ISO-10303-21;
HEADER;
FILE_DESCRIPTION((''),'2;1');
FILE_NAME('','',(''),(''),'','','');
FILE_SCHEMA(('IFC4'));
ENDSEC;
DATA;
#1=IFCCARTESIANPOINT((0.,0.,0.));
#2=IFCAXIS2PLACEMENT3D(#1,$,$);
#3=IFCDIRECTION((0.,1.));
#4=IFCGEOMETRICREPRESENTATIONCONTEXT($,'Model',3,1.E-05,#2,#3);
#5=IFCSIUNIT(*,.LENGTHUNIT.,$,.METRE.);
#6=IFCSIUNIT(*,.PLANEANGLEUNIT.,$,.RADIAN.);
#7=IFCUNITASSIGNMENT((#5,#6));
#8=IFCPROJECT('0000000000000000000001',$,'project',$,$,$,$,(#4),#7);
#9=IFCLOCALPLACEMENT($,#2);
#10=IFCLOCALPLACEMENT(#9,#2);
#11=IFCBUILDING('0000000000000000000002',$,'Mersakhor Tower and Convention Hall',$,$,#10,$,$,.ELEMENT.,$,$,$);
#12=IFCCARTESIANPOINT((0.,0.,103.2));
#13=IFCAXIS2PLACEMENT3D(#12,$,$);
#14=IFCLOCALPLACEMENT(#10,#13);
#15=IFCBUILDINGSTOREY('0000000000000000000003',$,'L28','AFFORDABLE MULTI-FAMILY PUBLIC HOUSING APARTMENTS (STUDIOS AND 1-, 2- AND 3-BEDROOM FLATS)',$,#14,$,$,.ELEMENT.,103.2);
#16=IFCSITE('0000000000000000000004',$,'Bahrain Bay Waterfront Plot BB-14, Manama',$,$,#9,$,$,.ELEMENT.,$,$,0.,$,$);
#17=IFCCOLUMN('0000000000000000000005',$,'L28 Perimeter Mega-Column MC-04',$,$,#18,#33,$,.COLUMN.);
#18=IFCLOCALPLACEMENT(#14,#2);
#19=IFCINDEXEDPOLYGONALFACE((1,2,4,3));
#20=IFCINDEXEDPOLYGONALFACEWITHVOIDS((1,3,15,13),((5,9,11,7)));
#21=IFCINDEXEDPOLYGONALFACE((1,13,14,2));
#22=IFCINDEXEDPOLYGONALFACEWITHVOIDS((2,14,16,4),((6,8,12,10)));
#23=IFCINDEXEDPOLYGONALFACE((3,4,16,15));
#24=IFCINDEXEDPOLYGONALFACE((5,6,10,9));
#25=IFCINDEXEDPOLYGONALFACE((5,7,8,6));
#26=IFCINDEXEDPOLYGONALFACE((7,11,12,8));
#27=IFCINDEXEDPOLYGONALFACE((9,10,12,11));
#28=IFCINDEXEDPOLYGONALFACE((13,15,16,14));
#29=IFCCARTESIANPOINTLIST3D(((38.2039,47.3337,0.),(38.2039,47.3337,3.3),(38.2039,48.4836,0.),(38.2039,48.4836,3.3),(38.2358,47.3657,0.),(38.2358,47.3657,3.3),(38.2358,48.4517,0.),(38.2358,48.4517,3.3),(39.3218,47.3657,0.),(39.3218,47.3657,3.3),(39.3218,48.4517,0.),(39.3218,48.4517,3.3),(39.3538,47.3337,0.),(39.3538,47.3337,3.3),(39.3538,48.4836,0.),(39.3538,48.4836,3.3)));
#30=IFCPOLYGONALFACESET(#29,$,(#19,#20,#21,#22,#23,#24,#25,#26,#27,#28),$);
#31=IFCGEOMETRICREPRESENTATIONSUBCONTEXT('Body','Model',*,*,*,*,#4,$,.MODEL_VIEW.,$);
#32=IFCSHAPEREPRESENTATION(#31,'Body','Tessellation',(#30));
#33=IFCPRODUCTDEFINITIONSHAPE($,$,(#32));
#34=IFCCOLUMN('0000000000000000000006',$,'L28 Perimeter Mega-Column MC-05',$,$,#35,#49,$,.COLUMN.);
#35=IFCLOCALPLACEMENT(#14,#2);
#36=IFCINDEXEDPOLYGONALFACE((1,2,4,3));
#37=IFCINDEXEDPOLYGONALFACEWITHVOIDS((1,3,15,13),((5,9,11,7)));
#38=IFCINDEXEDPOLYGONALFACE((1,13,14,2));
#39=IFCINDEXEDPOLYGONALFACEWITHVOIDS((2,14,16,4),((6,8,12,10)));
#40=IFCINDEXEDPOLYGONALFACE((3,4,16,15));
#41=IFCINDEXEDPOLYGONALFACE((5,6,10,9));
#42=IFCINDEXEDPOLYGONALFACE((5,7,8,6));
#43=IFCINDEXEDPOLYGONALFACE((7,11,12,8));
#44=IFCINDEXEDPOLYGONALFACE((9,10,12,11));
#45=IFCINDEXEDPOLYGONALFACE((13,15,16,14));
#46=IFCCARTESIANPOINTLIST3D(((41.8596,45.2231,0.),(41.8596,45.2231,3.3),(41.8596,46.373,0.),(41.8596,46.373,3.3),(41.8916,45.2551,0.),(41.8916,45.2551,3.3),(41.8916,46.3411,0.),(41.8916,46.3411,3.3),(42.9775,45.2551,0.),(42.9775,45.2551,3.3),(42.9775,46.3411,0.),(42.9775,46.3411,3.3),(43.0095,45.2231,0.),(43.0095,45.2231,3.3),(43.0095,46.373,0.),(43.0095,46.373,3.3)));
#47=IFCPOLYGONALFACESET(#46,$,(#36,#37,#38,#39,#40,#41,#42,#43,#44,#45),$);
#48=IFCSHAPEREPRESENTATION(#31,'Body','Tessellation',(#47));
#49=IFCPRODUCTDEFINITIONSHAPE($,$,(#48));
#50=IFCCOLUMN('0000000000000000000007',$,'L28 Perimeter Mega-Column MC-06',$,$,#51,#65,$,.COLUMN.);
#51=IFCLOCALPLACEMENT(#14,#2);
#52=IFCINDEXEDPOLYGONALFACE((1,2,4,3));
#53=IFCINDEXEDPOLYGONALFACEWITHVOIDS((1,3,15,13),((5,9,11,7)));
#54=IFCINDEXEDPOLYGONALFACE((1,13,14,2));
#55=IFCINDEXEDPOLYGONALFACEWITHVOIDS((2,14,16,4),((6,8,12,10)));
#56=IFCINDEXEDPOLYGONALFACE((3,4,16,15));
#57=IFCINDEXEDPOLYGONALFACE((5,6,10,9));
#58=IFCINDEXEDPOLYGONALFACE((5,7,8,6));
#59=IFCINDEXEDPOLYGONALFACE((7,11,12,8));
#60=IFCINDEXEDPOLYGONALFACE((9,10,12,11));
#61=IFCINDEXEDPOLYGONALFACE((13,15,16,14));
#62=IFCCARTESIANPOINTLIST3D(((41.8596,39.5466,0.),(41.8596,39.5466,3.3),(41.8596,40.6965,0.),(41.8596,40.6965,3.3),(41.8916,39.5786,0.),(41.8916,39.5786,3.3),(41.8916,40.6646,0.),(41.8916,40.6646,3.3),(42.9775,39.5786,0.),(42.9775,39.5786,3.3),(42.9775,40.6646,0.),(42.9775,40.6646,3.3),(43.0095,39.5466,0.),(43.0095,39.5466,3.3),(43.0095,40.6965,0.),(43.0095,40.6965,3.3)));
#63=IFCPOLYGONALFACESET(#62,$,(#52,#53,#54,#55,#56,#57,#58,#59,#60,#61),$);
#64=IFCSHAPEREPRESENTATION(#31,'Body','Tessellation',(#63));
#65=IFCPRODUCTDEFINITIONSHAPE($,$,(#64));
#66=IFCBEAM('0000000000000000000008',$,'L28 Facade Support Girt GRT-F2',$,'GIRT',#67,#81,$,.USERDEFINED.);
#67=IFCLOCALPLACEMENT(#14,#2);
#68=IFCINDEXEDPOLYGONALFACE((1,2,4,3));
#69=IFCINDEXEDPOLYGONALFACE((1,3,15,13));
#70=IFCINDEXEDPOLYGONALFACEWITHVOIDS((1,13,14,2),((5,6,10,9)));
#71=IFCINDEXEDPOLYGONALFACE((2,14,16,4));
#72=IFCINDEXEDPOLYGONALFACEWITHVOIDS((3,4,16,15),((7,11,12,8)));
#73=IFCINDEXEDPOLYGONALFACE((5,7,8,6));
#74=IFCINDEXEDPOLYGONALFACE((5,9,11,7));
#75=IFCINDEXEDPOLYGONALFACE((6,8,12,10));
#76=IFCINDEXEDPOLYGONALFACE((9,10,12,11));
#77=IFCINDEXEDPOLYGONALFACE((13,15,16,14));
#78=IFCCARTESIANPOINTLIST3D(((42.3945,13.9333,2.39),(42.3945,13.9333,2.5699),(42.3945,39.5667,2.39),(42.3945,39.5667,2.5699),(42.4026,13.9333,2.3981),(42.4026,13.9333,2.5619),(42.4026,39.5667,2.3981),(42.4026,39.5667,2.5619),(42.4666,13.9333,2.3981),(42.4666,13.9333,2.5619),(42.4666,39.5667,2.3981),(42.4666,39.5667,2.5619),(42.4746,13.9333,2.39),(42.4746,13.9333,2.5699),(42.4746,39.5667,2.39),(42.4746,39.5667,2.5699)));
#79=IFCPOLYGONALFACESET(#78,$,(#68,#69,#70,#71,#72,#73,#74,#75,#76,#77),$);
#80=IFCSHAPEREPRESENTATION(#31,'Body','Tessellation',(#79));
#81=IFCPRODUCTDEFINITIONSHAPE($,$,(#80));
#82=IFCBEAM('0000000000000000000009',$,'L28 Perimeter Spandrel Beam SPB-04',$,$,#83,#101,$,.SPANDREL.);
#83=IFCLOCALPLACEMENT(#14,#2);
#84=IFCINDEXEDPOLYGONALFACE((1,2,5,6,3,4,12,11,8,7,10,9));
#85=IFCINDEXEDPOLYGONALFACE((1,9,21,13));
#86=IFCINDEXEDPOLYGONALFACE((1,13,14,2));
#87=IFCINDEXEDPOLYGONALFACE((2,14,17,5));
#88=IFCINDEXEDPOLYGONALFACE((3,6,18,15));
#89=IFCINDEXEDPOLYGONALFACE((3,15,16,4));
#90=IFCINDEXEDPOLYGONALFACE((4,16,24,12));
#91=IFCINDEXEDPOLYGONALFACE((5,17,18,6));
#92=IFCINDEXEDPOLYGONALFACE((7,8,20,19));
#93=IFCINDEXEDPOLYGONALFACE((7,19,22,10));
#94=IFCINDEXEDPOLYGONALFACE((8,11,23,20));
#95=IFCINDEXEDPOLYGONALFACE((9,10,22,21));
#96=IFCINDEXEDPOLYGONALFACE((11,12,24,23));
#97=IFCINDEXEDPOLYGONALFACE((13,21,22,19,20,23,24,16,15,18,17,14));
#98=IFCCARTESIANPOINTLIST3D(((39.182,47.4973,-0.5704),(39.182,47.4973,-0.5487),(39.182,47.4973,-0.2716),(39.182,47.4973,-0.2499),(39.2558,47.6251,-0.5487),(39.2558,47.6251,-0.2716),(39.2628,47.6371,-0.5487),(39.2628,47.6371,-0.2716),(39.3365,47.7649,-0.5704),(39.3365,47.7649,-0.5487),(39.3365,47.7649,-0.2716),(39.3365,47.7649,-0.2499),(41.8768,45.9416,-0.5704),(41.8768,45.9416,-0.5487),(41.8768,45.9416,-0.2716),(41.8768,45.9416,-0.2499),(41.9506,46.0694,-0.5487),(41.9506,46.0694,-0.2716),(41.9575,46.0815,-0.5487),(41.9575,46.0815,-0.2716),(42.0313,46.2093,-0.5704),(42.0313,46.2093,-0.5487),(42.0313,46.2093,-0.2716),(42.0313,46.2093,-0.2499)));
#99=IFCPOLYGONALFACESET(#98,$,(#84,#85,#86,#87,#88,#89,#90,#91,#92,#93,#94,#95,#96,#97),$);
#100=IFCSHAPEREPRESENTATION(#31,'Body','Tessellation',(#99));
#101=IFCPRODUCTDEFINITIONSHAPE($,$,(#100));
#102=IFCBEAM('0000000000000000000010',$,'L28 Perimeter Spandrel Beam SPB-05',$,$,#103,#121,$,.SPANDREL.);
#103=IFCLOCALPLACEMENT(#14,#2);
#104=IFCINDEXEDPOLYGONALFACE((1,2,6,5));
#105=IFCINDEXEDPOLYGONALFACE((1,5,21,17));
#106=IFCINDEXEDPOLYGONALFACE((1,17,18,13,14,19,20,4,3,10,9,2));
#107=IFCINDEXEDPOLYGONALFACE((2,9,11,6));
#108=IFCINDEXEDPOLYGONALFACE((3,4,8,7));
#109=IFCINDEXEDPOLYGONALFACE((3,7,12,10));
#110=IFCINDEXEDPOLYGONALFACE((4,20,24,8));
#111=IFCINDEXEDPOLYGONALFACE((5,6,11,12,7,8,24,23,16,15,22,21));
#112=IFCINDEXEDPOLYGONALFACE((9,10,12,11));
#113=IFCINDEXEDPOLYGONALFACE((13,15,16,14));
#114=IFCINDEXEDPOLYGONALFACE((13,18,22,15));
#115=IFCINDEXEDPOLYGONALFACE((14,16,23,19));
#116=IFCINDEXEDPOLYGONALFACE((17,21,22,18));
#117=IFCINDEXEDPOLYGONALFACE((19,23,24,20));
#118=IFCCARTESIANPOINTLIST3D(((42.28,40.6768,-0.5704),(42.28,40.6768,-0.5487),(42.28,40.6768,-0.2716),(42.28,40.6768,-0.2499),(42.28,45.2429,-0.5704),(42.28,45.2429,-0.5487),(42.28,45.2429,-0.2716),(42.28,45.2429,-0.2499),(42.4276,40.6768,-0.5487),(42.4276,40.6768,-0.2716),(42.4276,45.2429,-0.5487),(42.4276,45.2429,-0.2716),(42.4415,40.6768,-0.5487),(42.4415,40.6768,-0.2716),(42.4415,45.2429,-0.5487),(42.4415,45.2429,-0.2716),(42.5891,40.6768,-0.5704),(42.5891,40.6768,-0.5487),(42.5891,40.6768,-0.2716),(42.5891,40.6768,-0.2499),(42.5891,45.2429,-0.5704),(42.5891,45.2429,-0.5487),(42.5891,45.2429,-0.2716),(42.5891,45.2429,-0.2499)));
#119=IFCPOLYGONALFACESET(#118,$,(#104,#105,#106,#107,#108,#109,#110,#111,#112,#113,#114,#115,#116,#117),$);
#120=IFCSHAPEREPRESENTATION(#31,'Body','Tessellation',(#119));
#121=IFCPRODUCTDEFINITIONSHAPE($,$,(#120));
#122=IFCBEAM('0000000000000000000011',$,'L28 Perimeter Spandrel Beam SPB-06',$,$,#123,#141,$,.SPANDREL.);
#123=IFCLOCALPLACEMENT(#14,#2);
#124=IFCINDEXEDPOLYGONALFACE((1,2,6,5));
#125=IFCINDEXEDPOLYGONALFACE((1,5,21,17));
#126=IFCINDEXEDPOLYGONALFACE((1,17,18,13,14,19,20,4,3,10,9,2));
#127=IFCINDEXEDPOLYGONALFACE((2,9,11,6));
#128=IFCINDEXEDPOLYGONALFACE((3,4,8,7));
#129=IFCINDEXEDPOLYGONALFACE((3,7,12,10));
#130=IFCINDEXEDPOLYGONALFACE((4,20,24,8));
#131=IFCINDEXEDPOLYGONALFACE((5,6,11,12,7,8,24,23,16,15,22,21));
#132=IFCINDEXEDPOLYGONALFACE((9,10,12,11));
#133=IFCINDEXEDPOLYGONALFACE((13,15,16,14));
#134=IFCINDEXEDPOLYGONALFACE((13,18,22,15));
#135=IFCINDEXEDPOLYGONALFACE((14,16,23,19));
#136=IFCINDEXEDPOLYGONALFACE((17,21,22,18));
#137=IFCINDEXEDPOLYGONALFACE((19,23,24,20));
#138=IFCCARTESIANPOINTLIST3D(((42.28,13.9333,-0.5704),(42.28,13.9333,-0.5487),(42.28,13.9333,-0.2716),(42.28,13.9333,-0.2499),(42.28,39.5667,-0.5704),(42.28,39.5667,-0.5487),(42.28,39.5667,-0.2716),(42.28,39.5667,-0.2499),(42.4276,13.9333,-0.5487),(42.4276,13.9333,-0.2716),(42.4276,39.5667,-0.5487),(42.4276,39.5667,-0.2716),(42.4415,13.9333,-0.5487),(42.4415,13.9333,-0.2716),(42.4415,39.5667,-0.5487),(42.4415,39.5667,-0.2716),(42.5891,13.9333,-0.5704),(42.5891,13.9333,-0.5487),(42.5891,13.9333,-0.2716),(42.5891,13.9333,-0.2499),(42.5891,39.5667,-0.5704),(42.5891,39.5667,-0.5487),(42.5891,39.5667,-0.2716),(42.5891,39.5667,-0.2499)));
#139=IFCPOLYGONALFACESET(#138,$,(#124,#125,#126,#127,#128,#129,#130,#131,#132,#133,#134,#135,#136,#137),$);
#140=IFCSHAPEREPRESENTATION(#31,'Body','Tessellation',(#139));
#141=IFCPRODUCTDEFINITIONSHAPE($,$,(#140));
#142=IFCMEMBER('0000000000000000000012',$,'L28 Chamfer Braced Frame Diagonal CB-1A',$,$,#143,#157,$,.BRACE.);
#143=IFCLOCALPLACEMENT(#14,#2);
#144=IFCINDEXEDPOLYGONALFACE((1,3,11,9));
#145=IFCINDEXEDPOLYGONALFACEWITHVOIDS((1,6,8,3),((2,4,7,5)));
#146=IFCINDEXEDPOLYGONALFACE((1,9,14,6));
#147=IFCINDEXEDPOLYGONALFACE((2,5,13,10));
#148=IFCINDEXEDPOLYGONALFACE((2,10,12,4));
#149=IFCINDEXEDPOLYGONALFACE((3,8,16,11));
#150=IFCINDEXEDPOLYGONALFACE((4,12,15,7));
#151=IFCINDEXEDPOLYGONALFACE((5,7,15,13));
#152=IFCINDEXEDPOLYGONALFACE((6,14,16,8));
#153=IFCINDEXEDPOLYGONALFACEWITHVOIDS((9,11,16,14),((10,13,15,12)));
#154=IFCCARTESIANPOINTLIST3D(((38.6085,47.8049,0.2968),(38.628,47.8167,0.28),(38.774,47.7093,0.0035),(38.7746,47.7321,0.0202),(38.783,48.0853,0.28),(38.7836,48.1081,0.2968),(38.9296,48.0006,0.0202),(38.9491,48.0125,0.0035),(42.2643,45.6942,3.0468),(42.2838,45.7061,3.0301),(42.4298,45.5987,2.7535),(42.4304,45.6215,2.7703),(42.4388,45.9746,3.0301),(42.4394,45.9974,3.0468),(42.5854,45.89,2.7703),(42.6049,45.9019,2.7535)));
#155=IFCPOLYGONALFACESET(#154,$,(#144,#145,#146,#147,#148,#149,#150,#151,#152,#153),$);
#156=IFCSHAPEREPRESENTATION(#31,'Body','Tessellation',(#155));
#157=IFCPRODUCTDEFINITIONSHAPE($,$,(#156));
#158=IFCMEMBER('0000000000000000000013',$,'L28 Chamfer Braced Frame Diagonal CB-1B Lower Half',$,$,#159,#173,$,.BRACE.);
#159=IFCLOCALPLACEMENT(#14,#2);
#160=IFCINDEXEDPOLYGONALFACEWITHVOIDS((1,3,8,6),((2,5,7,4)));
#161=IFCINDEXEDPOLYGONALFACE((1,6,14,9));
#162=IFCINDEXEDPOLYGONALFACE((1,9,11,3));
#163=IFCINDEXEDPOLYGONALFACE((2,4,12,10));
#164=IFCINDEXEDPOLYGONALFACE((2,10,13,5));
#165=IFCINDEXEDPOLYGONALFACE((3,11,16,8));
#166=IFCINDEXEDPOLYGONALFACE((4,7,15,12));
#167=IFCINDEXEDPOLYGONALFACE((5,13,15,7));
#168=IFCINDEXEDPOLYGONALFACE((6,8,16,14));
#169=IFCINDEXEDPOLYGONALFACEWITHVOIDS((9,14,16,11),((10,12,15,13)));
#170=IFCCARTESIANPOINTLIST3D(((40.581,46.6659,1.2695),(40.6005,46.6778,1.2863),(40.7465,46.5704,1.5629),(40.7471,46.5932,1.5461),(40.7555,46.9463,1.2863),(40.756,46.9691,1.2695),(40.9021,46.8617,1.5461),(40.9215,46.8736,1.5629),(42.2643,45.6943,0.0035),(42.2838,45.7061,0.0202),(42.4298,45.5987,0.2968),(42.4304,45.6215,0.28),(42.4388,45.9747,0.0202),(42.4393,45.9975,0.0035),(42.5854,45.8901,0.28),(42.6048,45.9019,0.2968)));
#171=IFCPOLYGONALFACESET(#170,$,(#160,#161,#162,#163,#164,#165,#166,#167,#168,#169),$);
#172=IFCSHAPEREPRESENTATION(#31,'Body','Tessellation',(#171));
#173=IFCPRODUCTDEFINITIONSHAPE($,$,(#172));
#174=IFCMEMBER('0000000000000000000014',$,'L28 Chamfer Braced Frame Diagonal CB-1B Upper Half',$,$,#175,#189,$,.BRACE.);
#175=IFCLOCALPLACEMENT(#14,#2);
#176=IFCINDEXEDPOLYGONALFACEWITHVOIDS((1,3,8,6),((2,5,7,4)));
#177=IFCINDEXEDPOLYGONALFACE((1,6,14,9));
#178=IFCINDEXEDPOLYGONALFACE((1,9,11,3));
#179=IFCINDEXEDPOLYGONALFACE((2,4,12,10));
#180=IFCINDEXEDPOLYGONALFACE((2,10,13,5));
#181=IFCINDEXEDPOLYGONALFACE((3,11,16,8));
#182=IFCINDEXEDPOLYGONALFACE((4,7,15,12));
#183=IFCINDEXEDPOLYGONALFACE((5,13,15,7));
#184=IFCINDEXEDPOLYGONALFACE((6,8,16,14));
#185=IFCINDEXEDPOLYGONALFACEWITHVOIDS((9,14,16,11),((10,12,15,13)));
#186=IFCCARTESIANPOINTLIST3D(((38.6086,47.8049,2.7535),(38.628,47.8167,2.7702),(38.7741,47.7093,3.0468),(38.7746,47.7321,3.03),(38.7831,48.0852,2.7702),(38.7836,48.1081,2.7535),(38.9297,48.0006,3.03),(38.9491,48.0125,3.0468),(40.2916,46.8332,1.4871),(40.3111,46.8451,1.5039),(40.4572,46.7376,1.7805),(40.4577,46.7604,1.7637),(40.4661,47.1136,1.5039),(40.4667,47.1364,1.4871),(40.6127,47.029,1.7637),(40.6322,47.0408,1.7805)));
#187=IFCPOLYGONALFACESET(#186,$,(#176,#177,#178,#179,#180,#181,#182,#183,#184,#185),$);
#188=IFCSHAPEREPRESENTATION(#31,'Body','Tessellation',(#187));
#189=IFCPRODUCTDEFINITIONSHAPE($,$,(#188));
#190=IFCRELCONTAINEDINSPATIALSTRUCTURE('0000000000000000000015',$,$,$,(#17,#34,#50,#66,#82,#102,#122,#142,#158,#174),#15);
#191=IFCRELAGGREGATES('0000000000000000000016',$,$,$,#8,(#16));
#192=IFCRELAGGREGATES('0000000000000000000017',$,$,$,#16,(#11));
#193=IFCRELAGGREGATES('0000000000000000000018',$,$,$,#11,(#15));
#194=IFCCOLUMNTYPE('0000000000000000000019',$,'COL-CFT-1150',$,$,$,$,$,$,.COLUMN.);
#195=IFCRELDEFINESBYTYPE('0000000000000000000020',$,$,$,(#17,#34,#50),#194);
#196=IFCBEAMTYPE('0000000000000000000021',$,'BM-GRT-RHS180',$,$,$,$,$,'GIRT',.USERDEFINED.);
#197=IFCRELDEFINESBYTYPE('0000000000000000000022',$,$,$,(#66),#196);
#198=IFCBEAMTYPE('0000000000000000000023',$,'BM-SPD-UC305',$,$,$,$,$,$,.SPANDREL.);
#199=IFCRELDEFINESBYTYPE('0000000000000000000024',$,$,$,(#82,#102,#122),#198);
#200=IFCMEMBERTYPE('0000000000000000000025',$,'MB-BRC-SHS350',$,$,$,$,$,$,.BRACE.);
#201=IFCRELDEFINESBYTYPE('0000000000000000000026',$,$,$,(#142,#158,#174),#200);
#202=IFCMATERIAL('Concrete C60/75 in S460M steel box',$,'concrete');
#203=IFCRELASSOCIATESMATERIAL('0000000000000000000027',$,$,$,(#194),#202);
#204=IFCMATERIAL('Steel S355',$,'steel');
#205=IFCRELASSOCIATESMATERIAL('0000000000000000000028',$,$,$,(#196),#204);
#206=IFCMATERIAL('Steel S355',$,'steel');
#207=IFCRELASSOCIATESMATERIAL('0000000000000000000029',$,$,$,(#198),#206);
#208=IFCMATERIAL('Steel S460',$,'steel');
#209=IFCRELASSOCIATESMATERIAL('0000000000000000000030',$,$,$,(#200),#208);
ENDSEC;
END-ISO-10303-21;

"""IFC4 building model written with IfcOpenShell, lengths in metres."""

from ifc_helpers import new_model, si_unit, direction, frame, origin, origin_2d, place, context, subcontext, project, spatial, hollow_rectangle, i_section, extrude, material, material_profile, profile_set, type_object, element, save


model = new_model("IFC4")

# Units and contexts
model_context = context("Model", 3, precision=1e-05, world=origin(), true_north=direction((0.0, 1.0)))
body_context = subcontext(model_context, "Body", "Model", "MODEL_VIEW")
ifc_project = project(units=[si_unit("LENGTHUNIT", "METRE"), si_unit("PLANEANGLEUNIT", "RADIAN")], contexts=[model_context])

# Site, building, storey
site_placement = place(None, origin())
site = spatial("IfcSite", under=ifc_project, at=site_placement, Name="Bahrain Bay Waterfront Plot BB-14, Manama", CompositionType="ELEMENT", RefElevation=0.0)
building_placement = place(site_placement, origin())
building = spatial("IfcBuilding", under=site, at=building_placement, Name="Mersakhor Tower and Convention Hall", CompositionType="ELEMENT")
storey_placement = place(building_placement, frame((0.0, 0.0, 103.2)))
storey = spatial("IfcBuildingStorey", under=building, at=storey_placement, Name="L28", Description="AFFORDABLE MULTI-FAMILY PUBLIC HOUSING APARTMENTS (STUDIOS AND 1-, 2- AND 3-BEDROOM FLATS)", CompositionType="ELEMENT", Elevation=103.2)

# Columns
ifc_material_1 = material(Name="Concrete C60/75 in S460M steel box", Category="concrete")
ifc_material_profile_1 = material_profile(ifc_material_1, hollow_rectangle(XDim=1.1499, YDim=1.1499, WallThickness=0.032, at=origin_2d()), Name="SHS 1150x1150x32")
ifc_profile_set_1 = profile_set([ifc_material_profile_1], Name="Concrete C60/75 in S460M steel box")
column_type = type_object("IfcColumnType", Name="COL-CFT-1150", PredefinedType="COLUMN", material=ifc_profile_set_1)
for number, where, z_axis, x_axis, name in (
    (1, (38.7788, 47.9087, 0.0), (0.0, 0.0, 1.0), (1.0, 0.0, 0.0), "L28 Perimeter Mega-Column MC-04"),
    (2, (42.4346, 45.7981, 0.0), (0.0, 0.0, 1.0), (1.0, 0.0, 0.0), "L28 Perimeter Mega-Column MC-05"),
    (3, (42.4346, 40.1216, 0.0), (0.0, 0.0, 1.0), (1.0, 0.0, 0.0), "L28 Perimeter Mega-Column MC-06"),
):
    element("IfcColumn", number, at=place(storey_placement, frame(where, z_axis=z_axis, x_axis=x_axis)), inside=storey, type_object=column_type, Name=name, PredefinedType="COLUMN", context=body_context, shape_type="SweptSolid", body=[
        extrude(hollow_rectangle(XDim=1.1499, YDim=1.1499, WallThickness=0.032, at=origin_2d()), origin(), (0.0, 0.0, 1.0), 3.3),
    ])

# Beams
ifc_material_2 = material(Name="Steel S355", Category="steel")
ifc_material_profile_2 = material_profile(ifc_material_2, hollow_rectangle(XDim=0.0801, YDim=0.1799, WallThickness=0.0081, at=origin_2d()), Name="RHS 180x80x8")
ifc_profile_set_2 = profile_set([ifc_material_profile_2], Name="Steel S355")
beam_type_1 = type_object("IfcBeamType", Name="BM-GRT-RHS180", ElementType="GIRT", PredefinedType="USERDEFINED", material=ifc_profile_set_2)
beam_1_placement = place(storey_placement, frame((42.4346, 39.5667, 2.48), z_axis=(0.0, -1.0, 0.0), x_axis=(1.0, 0.0, 0.0)))
element("IfcBeam", 4, at=beam_1_placement, inside=storey, type_object=beam_type_1, Name="L28 Facade Support Girt GRT-F2", ObjectType="GIRT", PredefinedType="USERDEFINED", context=body_context, shape_type="SweptSolid", body=[
    extrude(hollow_rectangle(XDim=0.0801, YDim=0.1799, WallThickness=0.0081, at=origin_2d()), origin(), (0.0, 0.0, 1.0), 25.6333),
])
ifc_material_3 = material(Name="Steel S355", Category="steel")
ifc_material_profile_3 = material_profile(ifc_material_3, i_section(OverallWidth=0.3091, OverallDepth=0.3206, WebThickness=0.0139, FlangeThickness=0.0217, at=origin_2d()), Name="UC 305x305x137")
ifc_profile_set_3 = profile_set([ifc_material_profile_3], Name="Steel S355")
beam_type_2 = type_object("IfcBeamType", Name="BM-SPD-UC305", PredefinedType="SPANDREL", material=ifc_profile_set_3)
beam_2_placement = place(storey_placement, frame((39.2593, 47.6311, -0.4102), z_axis=(0.866052, -0.499953, 0.0), x_axis=(0.499953, 0.866052, 0.0)))
element("IfcBeam", 5, at=beam_2_placement, inside=storey, type_object=beam_type_2, Name="L28 Perimeter Spandrel Beam SPB-04", PredefinedType="SPANDREL", context=body_context, shape_type="SweptSolid", body=[
    extrude(i_section(OverallWidth=0.3091, OverallDepth=0.3206, WebThickness=0.0139, FlangeThickness=0.0217, at=origin_2d()), origin(), (0.0, 0.0, 1.0), 3.1116),
])
beam_3_placement = place(storey_placement, frame((42.4346, 45.2429, -0.4102), z_axis=(0.0, -1.0, 0.0), x_axis=(1.0, 0.0, 0.0)))
element("IfcBeam", 6, at=beam_3_placement, inside=storey, type_object=beam_type_2, Name="L28 Perimeter Spandrel Beam SPB-05", PredefinedType="SPANDREL", context=body_context, shape_type="SweptSolid", body=[
    extrude(i_section(OverallWidth=0.3091, OverallDepth=0.3206, WebThickness=0.0139, FlangeThickness=0.0217, at=origin_2d()), origin(), (0.0, 0.0, 1.0), 4.5662),
])
beam_4_placement = place(storey_placement, frame((42.4346, 39.5667, -0.4102), z_axis=(0.0, -1.0, 0.0), x_axis=(1.0, 0.0, 0.0)))
element("IfcBeam", 7, at=beam_4_placement, inside=storey, type_object=beam_type_2, Name="L28 Perimeter Spandrel Beam SPB-06", PredefinedType="SPANDREL", context=body_context, shape_type="SweptSolid", body=[
    extrude(i_section(OverallWidth=0.3091, OverallDepth=0.3206, WebThickness=0.0139, FlangeThickness=0.0217, at=origin_2d()), origin(), (0.0, 0.0, 1.0), 25.6333),
])

# Members
ifc_material_4 = material(Name="Steel S460", Category="steel")
ifc_material_profile_4 = material_profile(ifc_material_4, hollow_rectangle(XDim=0.3501, YDim=0.3501, WallThickness=0.02, at=origin_2d()), Name="SHS 350x350x20")
ifc_profile_set_4 = profile_set([ifc_material_profile_4], Name="Steel S460")
member_type = type_object("IfcMemberType", Name="MB-BRC-SHS350", PredefinedType="BRACE", material=ifc_profile_set_4)
member_placement = place(storey_placement, frame((38.7788, 47.9087, 0.1501), z_axis=(0.725634, -0.418933, 0.545849), x_axis=(0.499989, 0.866031, 0.0)))
element("IfcMember", 8, at=member_placement, inside=storey, type_object=member_type, Name="L28 Chamfer Braced Frame Diagonal CB-1A", PredefinedType="BRACE", context=body_context, shape_type="SweptSolid", body=[
    extrude(hollow_rectangle(XDim=0.3501, YDim=0.3501, WallThickness=0.02, at=origin_2d()), origin(), (0.0, 0.0, 1.0), 5.0381),
])
for number, where, z_axis, x_axis, name in (
    (9, (42.4346, 45.7981, 0.1501), (-0.725685, 0.418887, 0.545816), (-0.499922, -0.866071, 0.0), "L28 Chamfer Braced Frame Diagonal CB-1B Lower Half"),
    (10, (40.4619, 46.937, 1.6338), (-0.725593, 0.418895, 0.545932), (-0.499976, -0.866039, 0.0), "L28 Chamfer Braced Frame Diagonal CB-1B Upper Half"),
):
    element("IfcMember", number, at=place(storey_placement, frame(where, z_axis=z_axis, x_axis=x_axis)), inside=storey, type_object=member_type, Name=name, PredefinedType="BRACE", context=body_context, shape_type="SweptSolid", body=[
        extrude(hollow_rectangle(XDim=0.3501, YDim=0.3501, WallThickness=0.02, at=origin_2d()), origin(), (0.0, 0.0, 1.0), 2.3196),
    ])

save(model, "model.ifc")
